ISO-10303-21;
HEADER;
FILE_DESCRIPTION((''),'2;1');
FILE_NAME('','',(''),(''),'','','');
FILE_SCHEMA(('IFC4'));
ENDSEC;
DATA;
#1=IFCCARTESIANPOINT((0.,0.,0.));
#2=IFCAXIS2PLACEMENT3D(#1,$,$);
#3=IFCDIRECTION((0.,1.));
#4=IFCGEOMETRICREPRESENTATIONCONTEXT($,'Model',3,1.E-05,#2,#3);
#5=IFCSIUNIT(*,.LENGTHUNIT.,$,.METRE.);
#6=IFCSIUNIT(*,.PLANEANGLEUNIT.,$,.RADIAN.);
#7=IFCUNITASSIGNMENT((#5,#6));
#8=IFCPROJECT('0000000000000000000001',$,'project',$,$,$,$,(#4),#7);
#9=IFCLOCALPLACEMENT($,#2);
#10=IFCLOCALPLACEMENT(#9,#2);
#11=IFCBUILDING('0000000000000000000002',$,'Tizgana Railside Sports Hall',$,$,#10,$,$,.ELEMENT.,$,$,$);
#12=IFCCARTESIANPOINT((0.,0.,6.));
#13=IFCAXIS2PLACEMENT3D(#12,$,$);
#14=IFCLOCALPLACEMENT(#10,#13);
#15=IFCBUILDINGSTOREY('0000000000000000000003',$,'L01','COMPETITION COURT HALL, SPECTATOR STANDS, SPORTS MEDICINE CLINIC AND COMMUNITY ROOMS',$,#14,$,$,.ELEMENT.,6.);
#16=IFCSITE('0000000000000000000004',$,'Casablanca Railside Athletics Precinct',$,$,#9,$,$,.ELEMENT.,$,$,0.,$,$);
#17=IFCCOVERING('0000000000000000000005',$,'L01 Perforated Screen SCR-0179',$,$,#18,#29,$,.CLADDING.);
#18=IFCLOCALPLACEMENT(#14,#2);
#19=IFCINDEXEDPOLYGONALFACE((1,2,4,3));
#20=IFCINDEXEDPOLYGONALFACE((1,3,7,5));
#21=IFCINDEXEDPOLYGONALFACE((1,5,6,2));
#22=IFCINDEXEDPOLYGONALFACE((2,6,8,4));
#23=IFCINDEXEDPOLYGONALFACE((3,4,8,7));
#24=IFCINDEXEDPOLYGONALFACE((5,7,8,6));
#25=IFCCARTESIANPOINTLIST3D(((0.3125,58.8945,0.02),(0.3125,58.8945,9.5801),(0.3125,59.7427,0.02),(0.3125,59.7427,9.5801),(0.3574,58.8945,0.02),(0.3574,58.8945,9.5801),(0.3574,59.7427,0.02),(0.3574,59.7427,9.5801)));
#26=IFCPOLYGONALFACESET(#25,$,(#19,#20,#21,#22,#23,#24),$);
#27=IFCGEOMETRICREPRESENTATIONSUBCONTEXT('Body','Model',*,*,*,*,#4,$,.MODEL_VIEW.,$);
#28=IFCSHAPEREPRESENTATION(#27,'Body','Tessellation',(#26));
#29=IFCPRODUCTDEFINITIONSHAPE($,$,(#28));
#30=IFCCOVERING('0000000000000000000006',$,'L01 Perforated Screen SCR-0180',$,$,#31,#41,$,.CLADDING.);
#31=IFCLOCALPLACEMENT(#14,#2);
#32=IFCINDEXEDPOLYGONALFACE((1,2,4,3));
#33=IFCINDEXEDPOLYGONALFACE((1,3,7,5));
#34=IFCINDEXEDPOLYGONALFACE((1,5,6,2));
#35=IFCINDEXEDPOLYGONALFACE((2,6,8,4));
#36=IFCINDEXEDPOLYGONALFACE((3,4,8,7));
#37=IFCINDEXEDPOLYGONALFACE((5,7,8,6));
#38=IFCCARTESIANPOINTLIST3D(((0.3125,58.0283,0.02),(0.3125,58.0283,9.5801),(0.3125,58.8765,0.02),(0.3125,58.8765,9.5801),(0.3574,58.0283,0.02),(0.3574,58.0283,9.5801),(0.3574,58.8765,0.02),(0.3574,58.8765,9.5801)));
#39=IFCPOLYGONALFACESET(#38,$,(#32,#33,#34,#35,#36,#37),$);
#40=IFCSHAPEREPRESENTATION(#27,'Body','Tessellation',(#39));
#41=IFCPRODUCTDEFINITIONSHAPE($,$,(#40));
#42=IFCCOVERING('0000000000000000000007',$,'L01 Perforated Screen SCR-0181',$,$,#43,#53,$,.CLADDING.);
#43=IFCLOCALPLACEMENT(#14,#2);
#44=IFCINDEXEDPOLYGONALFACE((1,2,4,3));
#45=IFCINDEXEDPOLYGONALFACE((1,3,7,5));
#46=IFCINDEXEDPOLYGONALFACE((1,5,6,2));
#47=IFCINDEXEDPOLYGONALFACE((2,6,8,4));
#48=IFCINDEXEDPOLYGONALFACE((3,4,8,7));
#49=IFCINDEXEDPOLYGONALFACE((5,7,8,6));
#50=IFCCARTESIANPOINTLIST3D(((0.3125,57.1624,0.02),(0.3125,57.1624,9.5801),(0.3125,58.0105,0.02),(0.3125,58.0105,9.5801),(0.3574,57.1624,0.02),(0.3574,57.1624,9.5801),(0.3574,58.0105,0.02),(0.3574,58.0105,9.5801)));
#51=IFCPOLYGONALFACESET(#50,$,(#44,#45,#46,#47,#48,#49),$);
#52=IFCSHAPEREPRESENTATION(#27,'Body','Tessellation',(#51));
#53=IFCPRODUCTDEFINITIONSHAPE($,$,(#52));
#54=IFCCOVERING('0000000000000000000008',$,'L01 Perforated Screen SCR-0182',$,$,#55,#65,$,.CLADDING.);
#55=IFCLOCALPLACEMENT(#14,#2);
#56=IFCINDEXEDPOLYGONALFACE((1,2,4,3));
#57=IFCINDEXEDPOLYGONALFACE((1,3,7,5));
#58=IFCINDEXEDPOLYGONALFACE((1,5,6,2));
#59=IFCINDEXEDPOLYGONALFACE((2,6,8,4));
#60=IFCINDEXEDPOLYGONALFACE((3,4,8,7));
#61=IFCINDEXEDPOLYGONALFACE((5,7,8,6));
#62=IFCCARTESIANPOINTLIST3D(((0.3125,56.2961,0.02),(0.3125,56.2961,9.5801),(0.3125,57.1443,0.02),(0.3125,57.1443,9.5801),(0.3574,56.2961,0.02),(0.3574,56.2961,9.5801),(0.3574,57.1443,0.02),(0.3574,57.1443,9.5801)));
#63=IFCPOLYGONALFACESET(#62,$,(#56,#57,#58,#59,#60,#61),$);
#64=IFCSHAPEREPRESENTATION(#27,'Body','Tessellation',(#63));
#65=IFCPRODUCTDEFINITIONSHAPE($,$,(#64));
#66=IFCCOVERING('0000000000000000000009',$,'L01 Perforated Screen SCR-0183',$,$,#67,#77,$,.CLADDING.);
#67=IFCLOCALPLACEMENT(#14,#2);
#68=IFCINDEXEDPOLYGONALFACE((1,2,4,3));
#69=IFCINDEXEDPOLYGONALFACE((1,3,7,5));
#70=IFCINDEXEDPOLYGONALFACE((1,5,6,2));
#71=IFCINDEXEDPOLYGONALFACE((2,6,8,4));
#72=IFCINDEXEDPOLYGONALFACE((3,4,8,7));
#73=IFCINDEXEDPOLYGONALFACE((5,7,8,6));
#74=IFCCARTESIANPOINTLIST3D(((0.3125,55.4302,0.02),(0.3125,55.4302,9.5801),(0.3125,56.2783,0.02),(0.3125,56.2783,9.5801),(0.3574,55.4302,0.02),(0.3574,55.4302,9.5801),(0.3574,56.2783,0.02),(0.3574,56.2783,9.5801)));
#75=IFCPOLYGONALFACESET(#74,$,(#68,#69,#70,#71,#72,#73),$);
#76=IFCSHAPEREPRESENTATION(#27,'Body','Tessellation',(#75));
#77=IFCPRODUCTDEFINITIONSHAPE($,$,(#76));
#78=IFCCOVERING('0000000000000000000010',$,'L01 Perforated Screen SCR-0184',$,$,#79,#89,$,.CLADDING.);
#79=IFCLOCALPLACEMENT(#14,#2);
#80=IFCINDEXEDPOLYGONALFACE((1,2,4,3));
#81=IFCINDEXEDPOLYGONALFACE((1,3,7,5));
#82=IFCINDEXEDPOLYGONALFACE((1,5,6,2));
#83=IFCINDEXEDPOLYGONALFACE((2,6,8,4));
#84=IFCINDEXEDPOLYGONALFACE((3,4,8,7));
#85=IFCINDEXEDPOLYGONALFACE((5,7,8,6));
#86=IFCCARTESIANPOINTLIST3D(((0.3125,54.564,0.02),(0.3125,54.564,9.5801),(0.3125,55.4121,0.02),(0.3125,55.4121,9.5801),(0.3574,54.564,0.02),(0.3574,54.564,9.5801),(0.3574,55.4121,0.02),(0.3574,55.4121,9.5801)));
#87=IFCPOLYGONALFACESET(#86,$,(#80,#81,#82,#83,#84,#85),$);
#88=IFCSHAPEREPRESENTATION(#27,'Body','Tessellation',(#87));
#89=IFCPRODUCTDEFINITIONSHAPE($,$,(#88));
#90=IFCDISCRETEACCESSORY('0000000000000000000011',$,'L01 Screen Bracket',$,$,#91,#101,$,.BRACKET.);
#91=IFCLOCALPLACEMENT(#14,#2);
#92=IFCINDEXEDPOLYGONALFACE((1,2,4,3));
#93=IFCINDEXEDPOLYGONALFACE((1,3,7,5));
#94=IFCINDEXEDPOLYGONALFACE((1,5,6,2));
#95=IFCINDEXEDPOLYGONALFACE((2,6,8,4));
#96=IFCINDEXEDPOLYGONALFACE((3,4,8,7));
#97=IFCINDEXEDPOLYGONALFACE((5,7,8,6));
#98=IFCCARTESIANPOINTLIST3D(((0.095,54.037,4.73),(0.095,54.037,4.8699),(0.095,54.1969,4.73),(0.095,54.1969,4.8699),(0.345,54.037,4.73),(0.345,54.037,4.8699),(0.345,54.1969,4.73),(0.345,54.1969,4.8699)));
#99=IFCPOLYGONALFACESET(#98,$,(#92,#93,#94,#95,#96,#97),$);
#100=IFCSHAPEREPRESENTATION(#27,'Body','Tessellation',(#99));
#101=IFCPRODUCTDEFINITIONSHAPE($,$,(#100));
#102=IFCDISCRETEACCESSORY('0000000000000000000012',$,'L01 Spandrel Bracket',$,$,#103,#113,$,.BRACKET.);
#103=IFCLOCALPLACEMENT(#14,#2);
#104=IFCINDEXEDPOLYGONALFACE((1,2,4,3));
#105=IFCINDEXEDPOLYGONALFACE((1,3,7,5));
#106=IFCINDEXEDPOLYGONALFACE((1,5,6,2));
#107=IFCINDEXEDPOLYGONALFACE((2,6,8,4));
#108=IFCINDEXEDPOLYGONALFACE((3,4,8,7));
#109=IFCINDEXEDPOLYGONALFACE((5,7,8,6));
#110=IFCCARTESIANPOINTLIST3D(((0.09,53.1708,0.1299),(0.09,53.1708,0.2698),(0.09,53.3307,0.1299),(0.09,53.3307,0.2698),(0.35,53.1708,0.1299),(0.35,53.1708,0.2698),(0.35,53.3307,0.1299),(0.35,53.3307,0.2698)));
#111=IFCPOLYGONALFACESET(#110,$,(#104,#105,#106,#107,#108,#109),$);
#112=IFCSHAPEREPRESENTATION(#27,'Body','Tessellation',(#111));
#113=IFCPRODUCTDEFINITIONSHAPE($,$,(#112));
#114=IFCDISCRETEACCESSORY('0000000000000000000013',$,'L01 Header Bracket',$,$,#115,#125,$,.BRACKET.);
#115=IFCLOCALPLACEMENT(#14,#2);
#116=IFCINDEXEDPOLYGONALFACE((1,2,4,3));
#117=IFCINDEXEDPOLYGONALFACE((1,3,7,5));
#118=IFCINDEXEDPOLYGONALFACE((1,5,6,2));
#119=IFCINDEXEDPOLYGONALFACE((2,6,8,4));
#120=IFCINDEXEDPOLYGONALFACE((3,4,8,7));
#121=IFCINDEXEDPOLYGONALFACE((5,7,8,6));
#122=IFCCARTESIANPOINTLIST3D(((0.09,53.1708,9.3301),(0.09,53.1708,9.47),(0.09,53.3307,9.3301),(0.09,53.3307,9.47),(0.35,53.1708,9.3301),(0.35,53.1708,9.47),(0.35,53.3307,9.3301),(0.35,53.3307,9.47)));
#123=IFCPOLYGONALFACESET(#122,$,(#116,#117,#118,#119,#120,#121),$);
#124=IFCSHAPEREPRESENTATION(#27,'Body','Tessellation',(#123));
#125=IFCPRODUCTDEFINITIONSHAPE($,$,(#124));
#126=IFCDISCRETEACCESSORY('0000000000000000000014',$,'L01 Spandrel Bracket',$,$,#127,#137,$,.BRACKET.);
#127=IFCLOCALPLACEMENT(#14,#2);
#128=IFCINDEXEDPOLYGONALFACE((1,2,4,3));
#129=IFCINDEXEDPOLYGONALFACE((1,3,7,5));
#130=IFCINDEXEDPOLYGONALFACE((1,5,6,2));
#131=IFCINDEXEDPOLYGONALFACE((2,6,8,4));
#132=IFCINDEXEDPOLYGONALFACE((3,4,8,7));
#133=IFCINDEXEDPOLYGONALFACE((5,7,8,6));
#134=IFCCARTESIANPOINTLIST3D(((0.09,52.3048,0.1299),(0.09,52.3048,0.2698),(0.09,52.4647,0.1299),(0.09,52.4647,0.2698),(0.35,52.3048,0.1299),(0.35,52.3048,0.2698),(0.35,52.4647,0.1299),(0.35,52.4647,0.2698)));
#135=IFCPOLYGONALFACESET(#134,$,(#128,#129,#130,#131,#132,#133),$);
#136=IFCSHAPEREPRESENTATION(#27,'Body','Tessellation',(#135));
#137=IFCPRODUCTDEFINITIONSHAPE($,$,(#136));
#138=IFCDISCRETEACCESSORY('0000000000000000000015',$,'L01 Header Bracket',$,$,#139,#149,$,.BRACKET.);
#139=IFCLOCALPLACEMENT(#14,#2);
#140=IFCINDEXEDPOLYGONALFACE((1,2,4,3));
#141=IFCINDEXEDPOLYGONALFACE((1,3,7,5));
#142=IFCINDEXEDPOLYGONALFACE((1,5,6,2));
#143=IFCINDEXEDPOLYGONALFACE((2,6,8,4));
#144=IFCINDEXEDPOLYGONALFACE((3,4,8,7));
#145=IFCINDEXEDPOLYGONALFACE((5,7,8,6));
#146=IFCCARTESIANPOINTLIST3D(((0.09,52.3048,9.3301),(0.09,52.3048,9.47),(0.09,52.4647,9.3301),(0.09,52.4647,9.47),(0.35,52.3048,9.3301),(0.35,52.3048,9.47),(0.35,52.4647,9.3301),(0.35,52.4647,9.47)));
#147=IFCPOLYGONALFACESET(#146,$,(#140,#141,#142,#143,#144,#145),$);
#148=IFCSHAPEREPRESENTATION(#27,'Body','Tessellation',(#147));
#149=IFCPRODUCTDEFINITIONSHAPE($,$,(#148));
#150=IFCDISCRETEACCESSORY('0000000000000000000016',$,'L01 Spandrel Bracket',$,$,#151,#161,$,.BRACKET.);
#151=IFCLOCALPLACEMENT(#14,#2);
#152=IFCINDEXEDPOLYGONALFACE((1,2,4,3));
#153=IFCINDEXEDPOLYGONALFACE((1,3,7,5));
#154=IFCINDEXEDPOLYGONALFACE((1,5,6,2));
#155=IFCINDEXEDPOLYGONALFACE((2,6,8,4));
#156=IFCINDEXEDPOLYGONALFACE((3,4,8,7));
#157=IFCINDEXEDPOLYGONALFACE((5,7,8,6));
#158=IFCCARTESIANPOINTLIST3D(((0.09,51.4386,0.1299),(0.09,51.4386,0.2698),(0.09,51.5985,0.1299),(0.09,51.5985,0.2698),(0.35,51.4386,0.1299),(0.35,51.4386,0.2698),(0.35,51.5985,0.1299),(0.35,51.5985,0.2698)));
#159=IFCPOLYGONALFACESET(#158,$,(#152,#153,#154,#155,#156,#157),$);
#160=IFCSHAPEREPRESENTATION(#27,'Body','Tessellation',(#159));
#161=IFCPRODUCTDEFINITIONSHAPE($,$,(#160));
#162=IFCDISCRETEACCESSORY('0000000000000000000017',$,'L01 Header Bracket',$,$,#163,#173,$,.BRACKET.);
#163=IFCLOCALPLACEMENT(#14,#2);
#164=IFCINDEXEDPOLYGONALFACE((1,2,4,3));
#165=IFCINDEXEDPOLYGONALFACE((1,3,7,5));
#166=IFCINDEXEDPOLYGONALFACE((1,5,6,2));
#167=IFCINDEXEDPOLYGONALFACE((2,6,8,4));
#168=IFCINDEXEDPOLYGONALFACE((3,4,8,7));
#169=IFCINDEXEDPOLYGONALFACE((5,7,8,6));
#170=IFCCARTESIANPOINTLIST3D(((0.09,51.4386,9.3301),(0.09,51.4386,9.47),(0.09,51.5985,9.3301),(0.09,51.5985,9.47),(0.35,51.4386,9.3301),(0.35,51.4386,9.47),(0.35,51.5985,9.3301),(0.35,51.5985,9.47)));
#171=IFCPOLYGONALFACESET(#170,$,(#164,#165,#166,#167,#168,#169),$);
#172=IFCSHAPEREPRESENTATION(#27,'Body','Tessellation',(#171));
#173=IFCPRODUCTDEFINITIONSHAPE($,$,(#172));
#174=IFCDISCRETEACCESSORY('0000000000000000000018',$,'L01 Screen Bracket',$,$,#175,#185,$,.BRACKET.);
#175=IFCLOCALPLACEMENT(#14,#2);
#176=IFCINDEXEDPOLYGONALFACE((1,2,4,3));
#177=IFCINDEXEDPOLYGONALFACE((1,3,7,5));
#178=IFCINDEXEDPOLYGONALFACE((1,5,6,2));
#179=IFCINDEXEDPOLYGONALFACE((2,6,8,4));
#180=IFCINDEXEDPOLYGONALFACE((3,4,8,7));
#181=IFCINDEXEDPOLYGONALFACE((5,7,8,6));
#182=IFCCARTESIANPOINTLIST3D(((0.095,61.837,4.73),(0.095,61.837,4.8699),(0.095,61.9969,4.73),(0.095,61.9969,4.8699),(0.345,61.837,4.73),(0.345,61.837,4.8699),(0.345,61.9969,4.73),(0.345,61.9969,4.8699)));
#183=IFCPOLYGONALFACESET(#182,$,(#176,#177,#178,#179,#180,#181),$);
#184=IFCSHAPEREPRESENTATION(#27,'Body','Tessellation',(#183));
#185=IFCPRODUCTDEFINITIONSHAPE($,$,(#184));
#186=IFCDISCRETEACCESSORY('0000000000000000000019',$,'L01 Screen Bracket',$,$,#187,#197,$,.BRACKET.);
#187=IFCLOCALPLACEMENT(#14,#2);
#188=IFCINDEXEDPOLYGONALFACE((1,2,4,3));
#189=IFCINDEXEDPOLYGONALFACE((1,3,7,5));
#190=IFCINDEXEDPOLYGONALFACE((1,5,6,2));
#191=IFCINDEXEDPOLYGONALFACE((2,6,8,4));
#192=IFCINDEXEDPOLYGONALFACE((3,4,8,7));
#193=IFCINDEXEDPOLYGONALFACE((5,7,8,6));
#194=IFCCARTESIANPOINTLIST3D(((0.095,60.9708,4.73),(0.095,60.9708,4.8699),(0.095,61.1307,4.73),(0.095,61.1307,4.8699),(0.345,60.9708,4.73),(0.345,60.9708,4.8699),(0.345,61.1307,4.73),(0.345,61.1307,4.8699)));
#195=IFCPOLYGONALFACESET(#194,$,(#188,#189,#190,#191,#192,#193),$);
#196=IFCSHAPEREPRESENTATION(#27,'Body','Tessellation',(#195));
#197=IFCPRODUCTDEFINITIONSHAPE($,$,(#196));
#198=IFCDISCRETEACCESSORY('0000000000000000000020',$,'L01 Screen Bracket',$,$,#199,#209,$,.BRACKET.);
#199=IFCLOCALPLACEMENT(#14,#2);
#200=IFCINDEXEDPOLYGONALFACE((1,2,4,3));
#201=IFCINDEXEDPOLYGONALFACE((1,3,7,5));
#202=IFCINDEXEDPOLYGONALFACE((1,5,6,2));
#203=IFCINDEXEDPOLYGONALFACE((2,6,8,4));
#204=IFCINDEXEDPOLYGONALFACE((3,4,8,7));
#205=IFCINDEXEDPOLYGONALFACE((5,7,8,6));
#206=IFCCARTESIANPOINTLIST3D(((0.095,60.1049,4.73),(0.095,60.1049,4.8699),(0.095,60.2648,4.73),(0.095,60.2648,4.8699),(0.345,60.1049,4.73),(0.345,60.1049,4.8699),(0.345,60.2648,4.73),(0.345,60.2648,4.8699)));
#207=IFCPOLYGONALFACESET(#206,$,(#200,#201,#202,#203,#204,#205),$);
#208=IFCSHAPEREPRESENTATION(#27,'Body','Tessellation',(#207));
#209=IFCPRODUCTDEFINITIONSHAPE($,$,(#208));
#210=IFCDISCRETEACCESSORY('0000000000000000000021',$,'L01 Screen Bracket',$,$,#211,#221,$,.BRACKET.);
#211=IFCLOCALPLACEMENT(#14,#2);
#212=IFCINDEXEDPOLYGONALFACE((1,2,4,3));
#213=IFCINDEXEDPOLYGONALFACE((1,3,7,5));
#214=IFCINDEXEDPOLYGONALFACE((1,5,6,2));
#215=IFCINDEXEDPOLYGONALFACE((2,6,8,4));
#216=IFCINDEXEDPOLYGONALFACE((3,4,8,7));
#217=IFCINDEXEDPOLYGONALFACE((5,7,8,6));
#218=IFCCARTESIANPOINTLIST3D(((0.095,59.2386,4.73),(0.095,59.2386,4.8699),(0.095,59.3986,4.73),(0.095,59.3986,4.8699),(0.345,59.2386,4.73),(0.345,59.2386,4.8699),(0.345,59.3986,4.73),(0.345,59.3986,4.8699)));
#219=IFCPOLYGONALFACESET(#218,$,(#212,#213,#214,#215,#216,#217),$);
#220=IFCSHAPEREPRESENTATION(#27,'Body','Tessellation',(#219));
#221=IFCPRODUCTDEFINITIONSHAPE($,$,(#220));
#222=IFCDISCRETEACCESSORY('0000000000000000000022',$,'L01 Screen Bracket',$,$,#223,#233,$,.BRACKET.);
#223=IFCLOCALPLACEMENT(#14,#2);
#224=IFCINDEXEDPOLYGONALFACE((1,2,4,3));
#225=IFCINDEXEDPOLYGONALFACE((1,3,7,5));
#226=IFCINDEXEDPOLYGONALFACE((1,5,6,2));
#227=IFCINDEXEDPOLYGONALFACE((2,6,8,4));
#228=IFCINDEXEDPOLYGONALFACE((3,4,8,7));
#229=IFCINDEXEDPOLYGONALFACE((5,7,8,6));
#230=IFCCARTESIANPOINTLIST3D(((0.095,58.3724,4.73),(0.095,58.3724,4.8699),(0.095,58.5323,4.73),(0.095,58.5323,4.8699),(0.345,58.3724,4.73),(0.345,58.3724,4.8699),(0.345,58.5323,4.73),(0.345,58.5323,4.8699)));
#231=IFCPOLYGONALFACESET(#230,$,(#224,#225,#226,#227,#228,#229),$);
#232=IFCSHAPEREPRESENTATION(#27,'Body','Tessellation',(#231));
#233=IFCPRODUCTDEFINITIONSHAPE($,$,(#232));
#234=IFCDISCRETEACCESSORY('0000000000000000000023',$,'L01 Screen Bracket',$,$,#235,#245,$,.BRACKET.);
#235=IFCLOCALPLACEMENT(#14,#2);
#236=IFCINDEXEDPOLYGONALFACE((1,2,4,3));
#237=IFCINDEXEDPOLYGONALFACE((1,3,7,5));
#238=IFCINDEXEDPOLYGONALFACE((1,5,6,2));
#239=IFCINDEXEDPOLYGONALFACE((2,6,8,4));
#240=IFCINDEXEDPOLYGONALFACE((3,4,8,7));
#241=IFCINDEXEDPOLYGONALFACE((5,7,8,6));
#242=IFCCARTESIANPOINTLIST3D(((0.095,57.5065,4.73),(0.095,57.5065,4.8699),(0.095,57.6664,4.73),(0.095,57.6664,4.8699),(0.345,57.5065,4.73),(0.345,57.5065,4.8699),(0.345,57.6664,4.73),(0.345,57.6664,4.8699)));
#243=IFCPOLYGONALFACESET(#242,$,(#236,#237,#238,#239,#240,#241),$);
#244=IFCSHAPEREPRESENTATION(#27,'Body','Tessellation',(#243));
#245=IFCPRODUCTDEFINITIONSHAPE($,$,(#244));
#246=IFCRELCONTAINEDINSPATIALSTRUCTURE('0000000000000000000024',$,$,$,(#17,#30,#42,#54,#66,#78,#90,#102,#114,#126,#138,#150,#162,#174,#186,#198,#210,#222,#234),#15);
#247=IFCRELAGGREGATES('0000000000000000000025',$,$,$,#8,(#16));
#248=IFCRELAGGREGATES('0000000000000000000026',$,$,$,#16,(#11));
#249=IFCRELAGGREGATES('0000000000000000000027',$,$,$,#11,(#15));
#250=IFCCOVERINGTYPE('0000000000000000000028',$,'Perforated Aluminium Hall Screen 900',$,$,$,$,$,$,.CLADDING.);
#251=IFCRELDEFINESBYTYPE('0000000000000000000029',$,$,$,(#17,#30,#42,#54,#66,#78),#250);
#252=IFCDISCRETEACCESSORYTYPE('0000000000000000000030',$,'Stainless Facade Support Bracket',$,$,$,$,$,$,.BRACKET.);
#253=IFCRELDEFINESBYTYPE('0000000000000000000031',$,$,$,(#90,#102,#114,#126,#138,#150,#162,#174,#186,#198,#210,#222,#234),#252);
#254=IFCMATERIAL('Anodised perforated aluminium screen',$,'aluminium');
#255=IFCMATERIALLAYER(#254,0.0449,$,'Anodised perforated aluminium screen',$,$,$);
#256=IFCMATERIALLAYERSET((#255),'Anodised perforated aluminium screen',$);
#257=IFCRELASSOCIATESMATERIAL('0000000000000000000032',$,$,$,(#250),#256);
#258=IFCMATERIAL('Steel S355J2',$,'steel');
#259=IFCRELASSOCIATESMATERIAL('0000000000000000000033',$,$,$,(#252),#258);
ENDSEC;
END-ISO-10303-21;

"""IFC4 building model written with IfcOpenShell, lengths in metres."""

from ifc_helpers import new_model, si_unit, direction, frame, origin, origin_2d, place, context, subcontext, project, spatial, rectangle, extrude, material, layer, layer_set, type_object, element, save


model = new_model("IFC4")

# Units and contexts
model_context = context("Model", 3, precision=1e-05, world=origin(), true_north=direction((0.0, 1.0)))
body_context = subcontext(model_context, "Body", "Model", "MODEL_VIEW")
ifc_project = project(units=[si_unit("LENGTHUNIT", "METRE"), si_unit("PLANEANGLEUNIT", "RADIAN")], contexts=[model_context])

# Site, building, storey
site_placement = place(None, origin())
site = spatial("IfcSite", under=ifc_project, at=site_placement, Name="Casablanca Railside Athletics Precinct", CompositionType="ELEMENT", RefElevation=0.0)
building_placement = place(site_placement, origin())
building = spatial("IfcBuilding", under=site, at=building_placement, Name="Tizgana Railside Sports Hall", CompositionType="ELEMENT")
storey_placement = place(building_placement, frame((0.0, 0.0, 6.0)))
storey = spatial("IfcBuildingStorey", under=building, at=storey_placement, Name="L01", Description="COMPETITION COURT HALL, SPECTATOR STANDS, SPORTS MEDICINE CLINIC AND COMMUNITY ROOMS", CompositionType="ELEMENT", Elevation=6.0)

# Coverings
ifc_material_1 = material(Name="Anodised perforated aluminium screen", Category="aluminium")
ifc_layer_1 = layer(ifc_material_1, 0.0449, Name="Anodised perforated aluminium screen")
ifc_layer_set_1 = layer_set([ifc_layer_1], Name="Anodised perforated aluminium screen")
covering_type = type_object("IfcCoveringType", Name="Perforated Aluminium Hall Screen 900", PredefinedType="CLADDING", material=ifc_layer_set_1)
for number, where, z_axis, x_axis, name in (
    (1, (0.335, 59.3186, 0.02), (0.0, 0.0, 1.0), (0.0, -1.0, 0.0), "L01 Perforated Screen SCR-0179"),
    (2, (0.335, 58.4524, 0.02), (0.0, 0.0, 1.0), (0.0, -1.0, 0.0), "L01 Perforated Screen SCR-0180"),
    (3, (0.335, 57.5864, 0.02), (0.0, 0.0, 1.0), (0.0, -1.0, 0.0), "L01 Perforated Screen SCR-0181"),
    (4, (0.335, 56.7202, 0.02), (0.0, 0.0, 1.0), (0.0, -1.0, 0.0), "L01 Perforated Screen SCR-0182"),
    (5, (0.335, 55.8542, 0.02), (0.0, 0.0, 1.0), (0.0, -1.0, 0.0), "L01 Perforated Screen SCR-0183"),
    (6, (0.335, 54.988, 0.02), (0.0, 0.0, 1.0), (0.0, -1.0, 0.0), "L01 Perforated Screen SCR-0184"),
):
    element("IfcCovering", number, at=place(storey_placement, frame(where, z_axis=z_axis, x_axis=x_axis)), inside=storey, type_object=covering_type, Name=name, PredefinedType="CLADDING", context=body_context, shape_type="SweptSolid", body=[
        extrude(rectangle(XDim=0.8481, YDim=0.0449, at=origin_2d()), origin(), (0.0, 0.0, 1.0), 9.5601),
    ])

# Discrete accessories
ifc_material_2 = material(Name="Steel S355J2", Category="steel")
discrete_accessory_type = type_object("IfcDiscreteAccessoryType", Name="Stainless Facade Support Bracket", PredefinedType="BRACKET", material=ifc_material_2)
discrete_accessory_placement = place(storey_placement, frame((0.22, 54.1169, 4.73), z_axis=(0.0, 0.0, 1.0), x_axis=(0.0, -1.0, 0.0)))
element("IfcDiscreteAccessory", 7, at=discrete_accessory_placement, inside=storey, type_object=discrete_accessory_type, Name="L01 Screen Bracket", PredefinedType="BRACKET", context=body_context, shape_type="SweptSolid", body=[
    extrude(rectangle(XDim=0.1599, YDim=0.25, at=origin_2d()), origin(), (0.0, 0.0, 1.0), 0.1399),
])
for number, where, z_axis, x_axis, name in (
    (8, (0.22, 53.2507, 0.1299), (0.0, 0.0, 1.0), (0.0, -1.0, 0.0), "L01 Spandrel Bracket"),
    (9, (0.22, 53.2507, 9.3301), (0.0, 0.0, 1.0), (0.0, -1.0, 0.0), "L01 Header Bracket"),
    (10, (0.22, 52.3848, 0.1299), (0.0, 0.0, 1.0), (0.0, -1.0, 0.0), "L01 Spandrel Bracket"),
    (11, (0.22, 52.3848, 9.3301), (0.0, 0.0, 1.0), (0.0, -1.0, 0.0), "L01 Header Bracket"),
    (12, (0.22, 51.5186, 0.1299), (0.0, 0.0, 1.0), (0.0, -1.0, 0.0), "L01 Spandrel Bracket"),
    (13, (0.22, 51.5186, 9.3301), (0.0, 0.0, 1.0), (0.0, -1.0, 0.0), "L01 Header Bracket"),
):
    element("IfcDiscreteAccessory", number, at=place(storey_placement, frame(where, z_axis=z_axis, x_axis=x_axis)), inside=storey, type_object=discrete_accessory_type, Name=name, PredefinedType="BRACKET", context=body_context, shape_type="SweptSolid", body=[
        extrude(rectangle(XDim=0.1599, YDim=0.26, at=origin_2d()), origin(), (0.0, 0.0, 1.0), 0.1399),
    ])
for number, where, z_axis, x_axis, name in (
    (14, (0.22, 61.917, 4.73), (0.0, 0.0, 1.0), (0.0, -1.0, 0.0), "L01 Screen Bracket"),
    (15, (0.22, 61.0508, 4.73), (0.0, 0.0, 1.0), (0.0, -1.0, 0.0), "L01 Screen Bracket"),
    (16, (0.22, 60.1848, 4.73), (0.0, 0.0, 1.0), (0.0, -1.0, 0.0), "L01 Screen Bracket"),
    (17, (0.22, 59.3186, 4.73), (0.0, 0.0, 1.0), (0.0, -1.0, 0.0), "L01 Screen Bracket"),
    (18, (0.22, 58.4524, 4.73), (0.0, 0.0, 1.0), (0.0, -1.0, 0.0), "L01 Screen Bracket"),
    (19, (0.22, 57.5864, 4.73), (0.0, 0.0, 1.0), (0.0, -1.0, 0.0), "L01 Screen Bracket"),
):
    element("IfcDiscreteAccessory", number, at=place(storey_placement, frame(where, z_axis=z_axis, x_axis=x_axis)), inside=storey, type_object=discrete_accessory_type, Name=name, PredefinedType="BRACKET", context=body_context, shape_type="SweptSolid", body=[
        extrude(rectangle(XDim=0.1599, YDim=0.25, at=origin_2d()), origin(), (0.0, 0.0, 1.0), 0.1399),
    ])

save(model, "model.ifc")
